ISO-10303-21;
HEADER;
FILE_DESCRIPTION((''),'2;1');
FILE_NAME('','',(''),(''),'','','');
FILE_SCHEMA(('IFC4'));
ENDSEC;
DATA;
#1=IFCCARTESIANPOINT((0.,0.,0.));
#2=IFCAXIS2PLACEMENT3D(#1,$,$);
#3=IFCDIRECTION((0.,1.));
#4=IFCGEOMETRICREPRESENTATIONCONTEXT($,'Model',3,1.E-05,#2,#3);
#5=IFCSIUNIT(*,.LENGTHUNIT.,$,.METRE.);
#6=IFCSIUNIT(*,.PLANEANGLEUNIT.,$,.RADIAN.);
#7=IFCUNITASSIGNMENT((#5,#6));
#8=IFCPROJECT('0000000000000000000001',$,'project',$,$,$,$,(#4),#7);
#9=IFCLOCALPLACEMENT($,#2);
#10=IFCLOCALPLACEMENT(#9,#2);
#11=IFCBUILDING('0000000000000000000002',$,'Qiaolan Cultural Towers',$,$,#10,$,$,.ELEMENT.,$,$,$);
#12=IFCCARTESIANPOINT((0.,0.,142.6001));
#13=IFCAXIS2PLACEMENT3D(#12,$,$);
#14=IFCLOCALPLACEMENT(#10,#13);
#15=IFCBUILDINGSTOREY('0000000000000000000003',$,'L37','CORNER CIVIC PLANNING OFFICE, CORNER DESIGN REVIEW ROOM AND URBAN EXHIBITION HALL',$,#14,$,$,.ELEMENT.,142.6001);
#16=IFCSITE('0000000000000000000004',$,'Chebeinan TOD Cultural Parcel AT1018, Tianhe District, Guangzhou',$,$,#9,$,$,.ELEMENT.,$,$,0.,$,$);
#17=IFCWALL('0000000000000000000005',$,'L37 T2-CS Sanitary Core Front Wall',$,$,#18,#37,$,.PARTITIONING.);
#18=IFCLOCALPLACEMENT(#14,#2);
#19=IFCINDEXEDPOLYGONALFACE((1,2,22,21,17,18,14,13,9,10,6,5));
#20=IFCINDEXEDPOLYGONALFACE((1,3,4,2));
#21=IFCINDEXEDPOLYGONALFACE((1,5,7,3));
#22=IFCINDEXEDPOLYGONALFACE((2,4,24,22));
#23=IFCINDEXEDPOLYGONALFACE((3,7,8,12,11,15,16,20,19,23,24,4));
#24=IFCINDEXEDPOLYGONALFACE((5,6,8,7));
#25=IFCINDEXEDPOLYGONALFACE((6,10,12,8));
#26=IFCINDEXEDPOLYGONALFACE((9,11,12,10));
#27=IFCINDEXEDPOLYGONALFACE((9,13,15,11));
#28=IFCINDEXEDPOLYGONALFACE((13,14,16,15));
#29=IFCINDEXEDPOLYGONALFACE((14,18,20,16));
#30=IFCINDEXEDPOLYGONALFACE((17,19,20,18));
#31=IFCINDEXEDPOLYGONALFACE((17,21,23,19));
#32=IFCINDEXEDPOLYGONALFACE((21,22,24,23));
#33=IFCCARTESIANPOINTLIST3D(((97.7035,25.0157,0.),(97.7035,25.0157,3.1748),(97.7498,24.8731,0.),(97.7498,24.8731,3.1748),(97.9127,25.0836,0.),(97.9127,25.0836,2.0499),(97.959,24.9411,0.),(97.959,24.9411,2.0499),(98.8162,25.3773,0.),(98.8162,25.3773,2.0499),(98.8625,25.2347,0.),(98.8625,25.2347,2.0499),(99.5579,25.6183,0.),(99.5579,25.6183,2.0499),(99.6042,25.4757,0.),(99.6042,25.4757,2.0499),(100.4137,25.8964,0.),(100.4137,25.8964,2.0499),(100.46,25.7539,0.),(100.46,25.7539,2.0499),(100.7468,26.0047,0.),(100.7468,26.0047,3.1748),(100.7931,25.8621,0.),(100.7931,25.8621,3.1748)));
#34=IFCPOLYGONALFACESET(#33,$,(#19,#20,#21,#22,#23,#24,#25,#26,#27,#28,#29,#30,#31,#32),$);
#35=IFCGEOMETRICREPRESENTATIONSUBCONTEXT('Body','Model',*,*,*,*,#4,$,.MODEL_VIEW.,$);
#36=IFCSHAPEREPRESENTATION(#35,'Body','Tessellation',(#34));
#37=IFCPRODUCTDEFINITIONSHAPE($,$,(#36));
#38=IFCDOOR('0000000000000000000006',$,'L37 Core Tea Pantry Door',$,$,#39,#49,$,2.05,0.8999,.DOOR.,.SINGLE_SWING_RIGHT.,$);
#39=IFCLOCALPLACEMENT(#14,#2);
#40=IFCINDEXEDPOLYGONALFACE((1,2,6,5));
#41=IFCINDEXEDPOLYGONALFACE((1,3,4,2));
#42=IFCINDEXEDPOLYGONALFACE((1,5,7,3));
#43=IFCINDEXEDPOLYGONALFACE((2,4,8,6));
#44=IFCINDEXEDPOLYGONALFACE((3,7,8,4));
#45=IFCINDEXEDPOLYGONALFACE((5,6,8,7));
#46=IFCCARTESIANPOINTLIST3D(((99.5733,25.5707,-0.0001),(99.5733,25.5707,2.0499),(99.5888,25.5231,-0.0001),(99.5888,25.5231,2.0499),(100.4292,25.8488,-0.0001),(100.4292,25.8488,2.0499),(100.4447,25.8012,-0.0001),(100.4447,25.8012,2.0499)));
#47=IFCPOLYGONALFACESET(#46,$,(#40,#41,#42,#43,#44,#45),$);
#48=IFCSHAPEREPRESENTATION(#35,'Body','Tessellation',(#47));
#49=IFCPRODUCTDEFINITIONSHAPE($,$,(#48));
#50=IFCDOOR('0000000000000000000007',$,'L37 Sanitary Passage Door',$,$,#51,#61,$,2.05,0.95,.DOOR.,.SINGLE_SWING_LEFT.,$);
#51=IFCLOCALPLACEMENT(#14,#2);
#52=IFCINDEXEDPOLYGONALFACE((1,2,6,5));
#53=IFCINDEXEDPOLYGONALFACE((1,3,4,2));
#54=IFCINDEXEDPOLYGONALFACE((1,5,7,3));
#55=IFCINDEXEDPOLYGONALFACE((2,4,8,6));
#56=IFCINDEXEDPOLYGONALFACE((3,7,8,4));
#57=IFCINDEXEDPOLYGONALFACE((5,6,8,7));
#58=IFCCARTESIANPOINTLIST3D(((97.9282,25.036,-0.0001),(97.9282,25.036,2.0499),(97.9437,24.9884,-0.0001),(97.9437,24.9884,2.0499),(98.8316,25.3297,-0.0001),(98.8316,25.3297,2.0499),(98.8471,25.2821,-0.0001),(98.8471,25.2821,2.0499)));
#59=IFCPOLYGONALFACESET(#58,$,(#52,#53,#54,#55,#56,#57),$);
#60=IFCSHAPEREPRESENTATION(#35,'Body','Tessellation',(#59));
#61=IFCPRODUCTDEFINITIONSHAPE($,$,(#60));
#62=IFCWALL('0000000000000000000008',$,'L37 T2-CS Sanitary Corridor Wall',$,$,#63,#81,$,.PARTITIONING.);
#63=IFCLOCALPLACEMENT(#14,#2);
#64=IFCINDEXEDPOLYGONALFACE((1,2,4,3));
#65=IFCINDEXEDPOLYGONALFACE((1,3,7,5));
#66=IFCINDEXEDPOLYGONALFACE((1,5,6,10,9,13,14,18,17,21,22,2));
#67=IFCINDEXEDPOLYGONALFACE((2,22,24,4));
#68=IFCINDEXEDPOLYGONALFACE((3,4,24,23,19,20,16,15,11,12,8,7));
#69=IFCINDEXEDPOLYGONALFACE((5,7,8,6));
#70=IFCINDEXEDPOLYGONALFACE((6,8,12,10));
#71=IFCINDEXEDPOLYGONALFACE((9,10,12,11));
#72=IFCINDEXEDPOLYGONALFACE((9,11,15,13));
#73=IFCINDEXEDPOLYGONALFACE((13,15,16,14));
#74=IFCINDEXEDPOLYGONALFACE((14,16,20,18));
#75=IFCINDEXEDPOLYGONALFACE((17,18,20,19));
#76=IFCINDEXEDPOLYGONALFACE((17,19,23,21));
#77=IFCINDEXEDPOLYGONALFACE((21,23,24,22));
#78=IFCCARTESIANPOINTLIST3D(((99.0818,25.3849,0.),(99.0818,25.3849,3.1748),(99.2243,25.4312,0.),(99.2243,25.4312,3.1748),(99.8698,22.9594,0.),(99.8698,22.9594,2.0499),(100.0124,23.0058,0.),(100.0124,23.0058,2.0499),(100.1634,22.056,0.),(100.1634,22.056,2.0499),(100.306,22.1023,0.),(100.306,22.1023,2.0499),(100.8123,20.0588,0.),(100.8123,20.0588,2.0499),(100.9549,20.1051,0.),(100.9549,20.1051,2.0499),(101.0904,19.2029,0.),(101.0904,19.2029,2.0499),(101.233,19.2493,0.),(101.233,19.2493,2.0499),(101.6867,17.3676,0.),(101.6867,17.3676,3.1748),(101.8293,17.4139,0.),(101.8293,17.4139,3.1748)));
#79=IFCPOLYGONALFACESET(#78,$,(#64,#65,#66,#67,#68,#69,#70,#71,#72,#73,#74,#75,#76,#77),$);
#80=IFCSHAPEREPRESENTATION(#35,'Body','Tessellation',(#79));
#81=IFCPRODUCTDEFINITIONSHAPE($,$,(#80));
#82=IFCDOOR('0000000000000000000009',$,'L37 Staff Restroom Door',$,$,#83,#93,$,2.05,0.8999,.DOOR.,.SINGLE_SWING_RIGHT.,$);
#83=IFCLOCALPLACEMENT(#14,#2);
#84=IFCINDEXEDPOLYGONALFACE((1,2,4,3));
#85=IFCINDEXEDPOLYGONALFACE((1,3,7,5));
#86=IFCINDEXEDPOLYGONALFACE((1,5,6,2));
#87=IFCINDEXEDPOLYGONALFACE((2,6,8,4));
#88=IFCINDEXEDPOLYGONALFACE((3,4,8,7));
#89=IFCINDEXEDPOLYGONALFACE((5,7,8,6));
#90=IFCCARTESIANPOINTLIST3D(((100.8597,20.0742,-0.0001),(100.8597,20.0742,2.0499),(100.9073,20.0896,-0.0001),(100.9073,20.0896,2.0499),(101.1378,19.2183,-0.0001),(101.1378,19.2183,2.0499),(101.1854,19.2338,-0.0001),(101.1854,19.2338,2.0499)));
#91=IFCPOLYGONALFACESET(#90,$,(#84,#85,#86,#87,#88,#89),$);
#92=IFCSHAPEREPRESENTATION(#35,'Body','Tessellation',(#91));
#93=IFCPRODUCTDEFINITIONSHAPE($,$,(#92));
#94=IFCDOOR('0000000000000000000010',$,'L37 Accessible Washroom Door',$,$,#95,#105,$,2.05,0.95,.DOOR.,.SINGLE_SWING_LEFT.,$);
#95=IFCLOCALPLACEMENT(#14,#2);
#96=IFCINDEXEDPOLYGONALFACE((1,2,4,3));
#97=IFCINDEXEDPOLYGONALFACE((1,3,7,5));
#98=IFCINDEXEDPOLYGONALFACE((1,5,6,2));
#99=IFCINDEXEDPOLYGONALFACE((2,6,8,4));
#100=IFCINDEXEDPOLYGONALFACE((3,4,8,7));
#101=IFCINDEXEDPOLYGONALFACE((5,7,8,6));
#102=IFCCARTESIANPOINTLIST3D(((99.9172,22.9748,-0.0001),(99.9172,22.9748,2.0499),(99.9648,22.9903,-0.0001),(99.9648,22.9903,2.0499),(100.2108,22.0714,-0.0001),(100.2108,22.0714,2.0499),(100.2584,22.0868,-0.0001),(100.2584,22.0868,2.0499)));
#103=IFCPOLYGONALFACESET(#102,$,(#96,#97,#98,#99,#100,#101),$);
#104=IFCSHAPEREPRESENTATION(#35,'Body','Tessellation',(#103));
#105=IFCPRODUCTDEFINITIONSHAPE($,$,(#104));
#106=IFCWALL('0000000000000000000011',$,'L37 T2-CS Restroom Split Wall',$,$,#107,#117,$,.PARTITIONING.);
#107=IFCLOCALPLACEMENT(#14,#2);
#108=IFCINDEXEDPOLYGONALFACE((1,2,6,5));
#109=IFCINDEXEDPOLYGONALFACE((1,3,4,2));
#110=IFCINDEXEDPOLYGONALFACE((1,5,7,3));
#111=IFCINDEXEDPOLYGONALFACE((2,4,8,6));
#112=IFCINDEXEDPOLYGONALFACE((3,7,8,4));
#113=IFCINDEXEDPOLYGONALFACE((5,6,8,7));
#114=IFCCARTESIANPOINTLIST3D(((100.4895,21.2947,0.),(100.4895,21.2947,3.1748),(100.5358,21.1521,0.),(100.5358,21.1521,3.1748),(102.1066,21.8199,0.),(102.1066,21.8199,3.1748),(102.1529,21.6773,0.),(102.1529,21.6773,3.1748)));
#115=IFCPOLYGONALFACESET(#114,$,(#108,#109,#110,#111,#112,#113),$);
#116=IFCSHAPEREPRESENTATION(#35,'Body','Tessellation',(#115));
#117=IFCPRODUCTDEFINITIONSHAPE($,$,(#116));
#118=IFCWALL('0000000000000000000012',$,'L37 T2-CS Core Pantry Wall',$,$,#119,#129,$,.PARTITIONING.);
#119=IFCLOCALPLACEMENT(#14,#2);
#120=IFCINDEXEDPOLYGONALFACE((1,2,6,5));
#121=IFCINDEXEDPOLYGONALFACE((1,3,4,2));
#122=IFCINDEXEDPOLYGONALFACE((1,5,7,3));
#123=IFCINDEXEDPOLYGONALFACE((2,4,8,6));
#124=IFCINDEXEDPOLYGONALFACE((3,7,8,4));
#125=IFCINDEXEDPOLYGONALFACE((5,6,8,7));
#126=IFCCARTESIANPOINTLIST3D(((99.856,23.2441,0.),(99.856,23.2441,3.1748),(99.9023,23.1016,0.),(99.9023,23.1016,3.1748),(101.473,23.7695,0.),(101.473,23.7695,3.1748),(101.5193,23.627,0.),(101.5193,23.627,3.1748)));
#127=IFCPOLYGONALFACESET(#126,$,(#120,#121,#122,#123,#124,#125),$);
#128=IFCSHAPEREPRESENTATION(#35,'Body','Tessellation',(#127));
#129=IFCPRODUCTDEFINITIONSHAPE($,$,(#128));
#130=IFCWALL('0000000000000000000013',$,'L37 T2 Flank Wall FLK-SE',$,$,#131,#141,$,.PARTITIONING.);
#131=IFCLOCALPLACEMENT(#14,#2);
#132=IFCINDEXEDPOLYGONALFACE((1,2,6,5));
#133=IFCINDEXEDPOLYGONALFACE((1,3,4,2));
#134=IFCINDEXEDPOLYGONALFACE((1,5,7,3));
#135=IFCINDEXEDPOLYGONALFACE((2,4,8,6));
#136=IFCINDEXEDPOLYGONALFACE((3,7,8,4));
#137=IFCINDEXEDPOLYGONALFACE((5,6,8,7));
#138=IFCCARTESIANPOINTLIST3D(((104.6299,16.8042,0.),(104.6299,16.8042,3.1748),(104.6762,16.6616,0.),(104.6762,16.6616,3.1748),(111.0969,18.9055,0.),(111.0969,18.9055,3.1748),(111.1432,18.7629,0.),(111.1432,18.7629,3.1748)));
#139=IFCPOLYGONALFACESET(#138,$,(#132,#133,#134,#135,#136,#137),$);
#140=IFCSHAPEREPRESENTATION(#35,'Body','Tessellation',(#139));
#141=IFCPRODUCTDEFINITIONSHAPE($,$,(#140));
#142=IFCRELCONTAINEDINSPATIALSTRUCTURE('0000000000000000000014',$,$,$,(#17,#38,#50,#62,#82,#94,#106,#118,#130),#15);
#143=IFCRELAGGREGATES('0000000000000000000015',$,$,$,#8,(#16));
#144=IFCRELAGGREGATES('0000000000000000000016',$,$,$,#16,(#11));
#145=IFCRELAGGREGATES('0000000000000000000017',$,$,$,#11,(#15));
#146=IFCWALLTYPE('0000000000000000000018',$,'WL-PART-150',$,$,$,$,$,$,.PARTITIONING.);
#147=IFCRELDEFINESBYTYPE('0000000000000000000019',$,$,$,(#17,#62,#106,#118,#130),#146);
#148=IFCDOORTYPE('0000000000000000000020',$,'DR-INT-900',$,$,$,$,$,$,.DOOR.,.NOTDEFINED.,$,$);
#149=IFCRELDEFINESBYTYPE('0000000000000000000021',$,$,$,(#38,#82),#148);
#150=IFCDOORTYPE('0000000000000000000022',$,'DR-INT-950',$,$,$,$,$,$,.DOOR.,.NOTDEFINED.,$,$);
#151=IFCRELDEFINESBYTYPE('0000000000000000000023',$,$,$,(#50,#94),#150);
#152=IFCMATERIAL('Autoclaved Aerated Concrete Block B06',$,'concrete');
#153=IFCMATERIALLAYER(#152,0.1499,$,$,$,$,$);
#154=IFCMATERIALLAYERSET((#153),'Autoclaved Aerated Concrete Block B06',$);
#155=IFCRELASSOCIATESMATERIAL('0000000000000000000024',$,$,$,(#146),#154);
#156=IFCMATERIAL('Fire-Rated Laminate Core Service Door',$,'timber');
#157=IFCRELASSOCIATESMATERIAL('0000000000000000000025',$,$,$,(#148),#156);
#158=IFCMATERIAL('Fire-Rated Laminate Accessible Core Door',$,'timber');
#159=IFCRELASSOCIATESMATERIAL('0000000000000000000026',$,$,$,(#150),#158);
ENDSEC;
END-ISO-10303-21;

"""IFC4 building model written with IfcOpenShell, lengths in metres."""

from ifc_helpers import new_model, si_unit, direction, frame, frame_2d, origin, place, context, subcontext, project, spatial, rectangle, extrude, material, layer, layer_set, type_object, element, fill, save


model = new_model("IFC4")

# Units and contexts
model_context = context("Model", 3, precision=1e-05, world=origin(), true_north=direction((0.0, 1.0)))
body_context = subcontext(model_context, "Body", "Model", "MODEL_VIEW")
ifc_project = project(units=[si_unit("LENGTHUNIT", "METRE"), si_unit("PLANEANGLEUNIT", "RADIAN")], contexts=[model_context])

# Site, building, storey
site_placement = place(None, origin())
site = spatial("IfcSite", under=ifc_project, at=site_placement, Name="Chebeinan TOD Cultural Parcel AT1018, Tianhe District, Guangzhou", CompositionType="ELEMENT", RefElevation=0.0)
building_placement = place(site_placement, origin())
building = spatial("IfcBuilding", under=site, at=building_placement, Name="Qiaolan Cultural Towers", CompositionType="ELEMENT")
storey_placement = place(building_placement, frame((0.0, 0.0, 142.6001)))
storey = spatial("IfcBuildingStorey", under=building, at=storey_placement, Name="L37", Description="CORNER CIVIC PLANNING OFFICE, CORNER DESIGN REVIEW ROOM AND URBAN EXHIBITION HALL", CompositionType="ELEMENT", Elevation=142.6001)

# Shared definitions
ifc_material_1 = material(Name="Autoclaved Aerated Concrete Block B06", Category="concrete")
ifc_layer_1 = layer(ifc_material_1, 0.1499)
ifc_layer_set_1 = layer_set([ifc_layer_1], Name="Autoclaved Aerated Concrete Block B06")
wall_type_1 = type_object("IfcWallType", Name="WL-PART-150", PredefinedType="PARTITIONING", material=ifc_layer_set_1)

# Walls, openings, doors
wall_1_placement = place(storey_placement, frame((97.7266, 24.9443, 0.0), z_axis=(0.0, 0.0, 1.0), x_axis=(0.951037, 0.309077, 0.0)))
wall_1 = element("IfcWall", 1, at=wall_1_placement, inside=storey, type_object=wall_type_1, Name="L37 T2-CS Sanitary Core Front Wall", PredefinedType="PARTITIONING", context=body_context, shape_type="SweptSolid", body=[
    extrude(rectangle(XDim=3.2, YDim=0.1499, at=frame_2d((1.6001, 0.0))), origin(), (0.0, 0.0, 1.0), 3.1748),
])
opening_1_placement = place(wall_1_placement, frame((0.22, 0.0, 0.0)))
opening_1 = element("IfcOpeningElement", 2, at=opening_1_placement, cuts=wall_1, PredefinedType="OPENING", context=body_context, shape_type="SweptSolid", body=[
    extrude(rectangle(XDim=0.95, YDim=2.05, at=frame_2d((0.4751, 1.0249))), frame((0.0, 0.085, 0.0), z_axis=(0.0, -1.0, 0.0), x_axis=(1.0, 0.0, 0.0)), (0.0, 0.0, 1.0), 0.1699),
])
opening_2_placement = place(wall_1_placement, frame((1.95, 0.0, 0.0)))
opening_2 = element("IfcOpeningElement", 3, at=opening_2_placement, cuts=wall_1, PredefinedType="OPENING", context=body_context, shape_type="SweptSolid", body=[
    extrude(rectangle(XDim=0.8999, YDim=2.05, at=frame_2d((0.45, 1.0249))), frame((0.0, 0.085, 0.0), z_axis=(0.0, -1.0, 0.0), x_axis=(1.0, 0.0, 0.0)), (0.0, 0.0, 1.0), 0.1699),
])
ifc_material_2 = material(Name="Fire-Rated Laminate Core Service Door", Category="timber")
door_type_1 = type_object("IfcDoorType", Name="DR-INT-900", OperationType="NOTDEFINED", PredefinedType="DOOR", material=ifc_material_2)
door_1_placement = place(opening_2_placement, origin())
door_1 = element("IfcDoor", 4, at=door_1_placement, inside=storey, type_object=door_type_1, Name="L37 Core Tea Pantry Door", OperationType="SINGLE_SWING_RIGHT", OverallHeight=2.05, OverallWidth=0.8999, PredefinedType="DOOR", context=body_context, shape_type="SweptSolid", body=[
    extrude(rectangle(XDim=0.8999, YDim=2.05, at=frame_2d((0.45, 1.0249))), frame((0.0, 0.0249, 0.0), z_axis=(0.0, -1.0, 0.0), x_axis=(1.0, 0.0, 0.0)), (0.0, 0.0, 1.0), 0.05),
])
fill(opening_2, door_1)
ifc_material_3 = material(Name="Fire-Rated Laminate Accessible Core Door", Category="timber")
door_type_2 = type_object("IfcDoorType", Name="DR-INT-950", OperationType="NOTDEFINED", PredefinedType="DOOR", material=ifc_material_3)
door_2_placement = place(opening_1_placement, origin())
door_2 = element("IfcDoor", 5, at=door_2_placement, inside=storey, type_object=door_type_2, Name="L37 Sanitary Passage Door", OperationType="SINGLE_SWING_LEFT", OverallHeight=2.05, OverallWidth=0.95, PredefinedType="DOOR", context=body_context, shape_type="SweptSolid", body=[
    extrude(rectangle(XDim=0.95, YDim=2.05, at=frame_2d((0.4751, 1.0249))), frame((0.0, 0.0249, 0.0), z_axis=(0.0, -1.0, 0.0), x_axis=(1.0, 0.0, 0.0)), (0.0, 0.0, 1.0), 0.05),
])
fill(opening_1, door_2)
wall_2_placement = place(storey_placement, frame((99.1531, 25.408, 0.0), z_axis=(0.0, 0.0, 1.0), x_axis=(0.309016, -0.951057, 0.0)))
wall_2 = element("IfcWall", 6, at=wall_2_placement, inside=storey, type_object=wall_type_1, Name="L37 T2-CS Sanitary Corridor Wall", PredefinedType="PARTITIONING", context=body_context, shape_type="SweptSolid", body=[
    extrude(rectangle(XDim=8.4299, YDim=0.1499, at=frame_2d((4.2148, 0.0))), origin(), (0.0, 0.0, 1.0), 3.1748),
])
opening_3_placement = place(wall_2_placement, frame((2.55, 0.0, 0.0)))
opening_3 = element("IfcOpeningElement", 7, at=opening_3_placement, cuts=wall_2, PredefinedType="OPENING", context=body_context, shape_type="SweptSolid", body=[
    extrude(rectangle(XDim=0.95, YDim=2.05, at=frame_2d((0.4751, 1.0249))), frame((0.0, 0.085, 0.0), z_axis=(0.0, -1.0, 0.0), x_axis=(1.0, 0.0, 0.0)), (0.0, 0.0, 1.0), 0.1699),
])
opening_4_placement = place(wall_2_placement, frame((5.6001, 0.0, 0.0)))
opening_4 = element("IfcOpeningElement", 8, at=opening_4_placement, cuts=wall_2, PredefinedType="OPENING", context=body_context, shape_type="SweptSolid", body=[
    extrude(rectangle(XDim=0.8999, YDim=2.05, at=frame_2d((0.45, 1.0249))), frame((0.0, 0.085, 0.0), z_axis=(0.0, -1.0, 0.0), x_axis=(1.0, 0.0, 0.0)), (0.0, 0.0, 1.0), 0.1699),
])
door_3_placement = place(opening_4_placement, origin())
door_3 = element("IfcDoor", 9, at=door_3_placement, inside=storey, type_object=door_type_1, Name="L37 Staff Restroom Door", OperationType="SINGLE_SWING_RIGHT", OverallHeight=2.05, OverallWidth=0.8999, PredefinedType="DOOR", context=body_context, shape_type="SweptSolid", body=[
    extrude(rectangle(XDim=0.8999, YDim=2.05, at=frame_2d((0.45, 1.0249))), frame((0.0, 0.0249, 0.0), z_axis=(0.0, -1.0, 0.0), x_axis=(1.0, 0.0, 0.0)), (0.0, 0.0, 1.0), 0.05),
])
fill(opening_4, door_3)
door_4_placement = place(opening_3_placement, origin())
door_4 = element("IfcDoor", 10, at=door_4_placement, inside=storey, type_object=door_type_2, Name="L37 Accessible Washroom Door", OperationType="SINGLE_SWING_LEFT", OverallHeight=2.05, OverallWidth=0.95, PredefinedType="DOOR", context=body_context, shape_type="SweptSolid", body=[
    extrude(rectangle(XDim=0.95, YDim=2.05, at=frame_2d((0.4751, 1.0249))), frame((0.0, 0.0249, 0.0), z_axis=(0.0, -1.0, 0.0), x_axis=(1.0, 0.0, 0.0)), (0.0, 0.0, 1.0), 0.05),
])
fill(opening_3, door_4)

# Walls
for number, where, z_axis, x_axis, name in (
    (11, (100.5127, 21.2234, 0.0), (0.0, 0.0, 1.0), (0.951096, 0.308894, 0.0), "L37 T2-CS Restroom Split Wall"),
    (12, (99.8792, 23.1729, 0.0), (0.0, 0.0, 1.0), (0.951054, 0.309024, 0.0), "L37 T2-CS Core Pantry Wall"),
):
    element("IfcWall", number, at=place(storey_placement, frame(where, z_axis=z_axis, x_axis=x_axis)), inside=storey, type_object=wall_type_1, Name=name, PredefinedType="PARTITIONING", context=body_context, shape_type="SweptSolid", body=[
        extrude(rectangle(XDim=1.7002, YDim=0.1499, at=frame_2d((0.8501, 0.0))), origin(), (0.0, 0.0, 1.0), 3.1748),
    ])
wall_3_placement = place(storey_placement, frame((104.6531, 16.7329, 0.0), z_axis=(0.0, 0.0, 1.0), x_axis=(0.951054, 0.309024, 0.0)))
element("IfcWall", 13, at=wall_3_placement, inside=storey, type_object=wall_type_1, Name="L37 T2 Flank Wall FLK-SE", PredefinedType="PARTITIONING", context=body_context, shape_type="SweptSolid", body=[
    extrude(rectangle(XDim=6.7998, YDim=0.1499, at=frame_2d((3.3999, 0.0))), origin(), (0.0, 0.0, 1.0), 3.1748),
])

save(model, "model.ifc")
